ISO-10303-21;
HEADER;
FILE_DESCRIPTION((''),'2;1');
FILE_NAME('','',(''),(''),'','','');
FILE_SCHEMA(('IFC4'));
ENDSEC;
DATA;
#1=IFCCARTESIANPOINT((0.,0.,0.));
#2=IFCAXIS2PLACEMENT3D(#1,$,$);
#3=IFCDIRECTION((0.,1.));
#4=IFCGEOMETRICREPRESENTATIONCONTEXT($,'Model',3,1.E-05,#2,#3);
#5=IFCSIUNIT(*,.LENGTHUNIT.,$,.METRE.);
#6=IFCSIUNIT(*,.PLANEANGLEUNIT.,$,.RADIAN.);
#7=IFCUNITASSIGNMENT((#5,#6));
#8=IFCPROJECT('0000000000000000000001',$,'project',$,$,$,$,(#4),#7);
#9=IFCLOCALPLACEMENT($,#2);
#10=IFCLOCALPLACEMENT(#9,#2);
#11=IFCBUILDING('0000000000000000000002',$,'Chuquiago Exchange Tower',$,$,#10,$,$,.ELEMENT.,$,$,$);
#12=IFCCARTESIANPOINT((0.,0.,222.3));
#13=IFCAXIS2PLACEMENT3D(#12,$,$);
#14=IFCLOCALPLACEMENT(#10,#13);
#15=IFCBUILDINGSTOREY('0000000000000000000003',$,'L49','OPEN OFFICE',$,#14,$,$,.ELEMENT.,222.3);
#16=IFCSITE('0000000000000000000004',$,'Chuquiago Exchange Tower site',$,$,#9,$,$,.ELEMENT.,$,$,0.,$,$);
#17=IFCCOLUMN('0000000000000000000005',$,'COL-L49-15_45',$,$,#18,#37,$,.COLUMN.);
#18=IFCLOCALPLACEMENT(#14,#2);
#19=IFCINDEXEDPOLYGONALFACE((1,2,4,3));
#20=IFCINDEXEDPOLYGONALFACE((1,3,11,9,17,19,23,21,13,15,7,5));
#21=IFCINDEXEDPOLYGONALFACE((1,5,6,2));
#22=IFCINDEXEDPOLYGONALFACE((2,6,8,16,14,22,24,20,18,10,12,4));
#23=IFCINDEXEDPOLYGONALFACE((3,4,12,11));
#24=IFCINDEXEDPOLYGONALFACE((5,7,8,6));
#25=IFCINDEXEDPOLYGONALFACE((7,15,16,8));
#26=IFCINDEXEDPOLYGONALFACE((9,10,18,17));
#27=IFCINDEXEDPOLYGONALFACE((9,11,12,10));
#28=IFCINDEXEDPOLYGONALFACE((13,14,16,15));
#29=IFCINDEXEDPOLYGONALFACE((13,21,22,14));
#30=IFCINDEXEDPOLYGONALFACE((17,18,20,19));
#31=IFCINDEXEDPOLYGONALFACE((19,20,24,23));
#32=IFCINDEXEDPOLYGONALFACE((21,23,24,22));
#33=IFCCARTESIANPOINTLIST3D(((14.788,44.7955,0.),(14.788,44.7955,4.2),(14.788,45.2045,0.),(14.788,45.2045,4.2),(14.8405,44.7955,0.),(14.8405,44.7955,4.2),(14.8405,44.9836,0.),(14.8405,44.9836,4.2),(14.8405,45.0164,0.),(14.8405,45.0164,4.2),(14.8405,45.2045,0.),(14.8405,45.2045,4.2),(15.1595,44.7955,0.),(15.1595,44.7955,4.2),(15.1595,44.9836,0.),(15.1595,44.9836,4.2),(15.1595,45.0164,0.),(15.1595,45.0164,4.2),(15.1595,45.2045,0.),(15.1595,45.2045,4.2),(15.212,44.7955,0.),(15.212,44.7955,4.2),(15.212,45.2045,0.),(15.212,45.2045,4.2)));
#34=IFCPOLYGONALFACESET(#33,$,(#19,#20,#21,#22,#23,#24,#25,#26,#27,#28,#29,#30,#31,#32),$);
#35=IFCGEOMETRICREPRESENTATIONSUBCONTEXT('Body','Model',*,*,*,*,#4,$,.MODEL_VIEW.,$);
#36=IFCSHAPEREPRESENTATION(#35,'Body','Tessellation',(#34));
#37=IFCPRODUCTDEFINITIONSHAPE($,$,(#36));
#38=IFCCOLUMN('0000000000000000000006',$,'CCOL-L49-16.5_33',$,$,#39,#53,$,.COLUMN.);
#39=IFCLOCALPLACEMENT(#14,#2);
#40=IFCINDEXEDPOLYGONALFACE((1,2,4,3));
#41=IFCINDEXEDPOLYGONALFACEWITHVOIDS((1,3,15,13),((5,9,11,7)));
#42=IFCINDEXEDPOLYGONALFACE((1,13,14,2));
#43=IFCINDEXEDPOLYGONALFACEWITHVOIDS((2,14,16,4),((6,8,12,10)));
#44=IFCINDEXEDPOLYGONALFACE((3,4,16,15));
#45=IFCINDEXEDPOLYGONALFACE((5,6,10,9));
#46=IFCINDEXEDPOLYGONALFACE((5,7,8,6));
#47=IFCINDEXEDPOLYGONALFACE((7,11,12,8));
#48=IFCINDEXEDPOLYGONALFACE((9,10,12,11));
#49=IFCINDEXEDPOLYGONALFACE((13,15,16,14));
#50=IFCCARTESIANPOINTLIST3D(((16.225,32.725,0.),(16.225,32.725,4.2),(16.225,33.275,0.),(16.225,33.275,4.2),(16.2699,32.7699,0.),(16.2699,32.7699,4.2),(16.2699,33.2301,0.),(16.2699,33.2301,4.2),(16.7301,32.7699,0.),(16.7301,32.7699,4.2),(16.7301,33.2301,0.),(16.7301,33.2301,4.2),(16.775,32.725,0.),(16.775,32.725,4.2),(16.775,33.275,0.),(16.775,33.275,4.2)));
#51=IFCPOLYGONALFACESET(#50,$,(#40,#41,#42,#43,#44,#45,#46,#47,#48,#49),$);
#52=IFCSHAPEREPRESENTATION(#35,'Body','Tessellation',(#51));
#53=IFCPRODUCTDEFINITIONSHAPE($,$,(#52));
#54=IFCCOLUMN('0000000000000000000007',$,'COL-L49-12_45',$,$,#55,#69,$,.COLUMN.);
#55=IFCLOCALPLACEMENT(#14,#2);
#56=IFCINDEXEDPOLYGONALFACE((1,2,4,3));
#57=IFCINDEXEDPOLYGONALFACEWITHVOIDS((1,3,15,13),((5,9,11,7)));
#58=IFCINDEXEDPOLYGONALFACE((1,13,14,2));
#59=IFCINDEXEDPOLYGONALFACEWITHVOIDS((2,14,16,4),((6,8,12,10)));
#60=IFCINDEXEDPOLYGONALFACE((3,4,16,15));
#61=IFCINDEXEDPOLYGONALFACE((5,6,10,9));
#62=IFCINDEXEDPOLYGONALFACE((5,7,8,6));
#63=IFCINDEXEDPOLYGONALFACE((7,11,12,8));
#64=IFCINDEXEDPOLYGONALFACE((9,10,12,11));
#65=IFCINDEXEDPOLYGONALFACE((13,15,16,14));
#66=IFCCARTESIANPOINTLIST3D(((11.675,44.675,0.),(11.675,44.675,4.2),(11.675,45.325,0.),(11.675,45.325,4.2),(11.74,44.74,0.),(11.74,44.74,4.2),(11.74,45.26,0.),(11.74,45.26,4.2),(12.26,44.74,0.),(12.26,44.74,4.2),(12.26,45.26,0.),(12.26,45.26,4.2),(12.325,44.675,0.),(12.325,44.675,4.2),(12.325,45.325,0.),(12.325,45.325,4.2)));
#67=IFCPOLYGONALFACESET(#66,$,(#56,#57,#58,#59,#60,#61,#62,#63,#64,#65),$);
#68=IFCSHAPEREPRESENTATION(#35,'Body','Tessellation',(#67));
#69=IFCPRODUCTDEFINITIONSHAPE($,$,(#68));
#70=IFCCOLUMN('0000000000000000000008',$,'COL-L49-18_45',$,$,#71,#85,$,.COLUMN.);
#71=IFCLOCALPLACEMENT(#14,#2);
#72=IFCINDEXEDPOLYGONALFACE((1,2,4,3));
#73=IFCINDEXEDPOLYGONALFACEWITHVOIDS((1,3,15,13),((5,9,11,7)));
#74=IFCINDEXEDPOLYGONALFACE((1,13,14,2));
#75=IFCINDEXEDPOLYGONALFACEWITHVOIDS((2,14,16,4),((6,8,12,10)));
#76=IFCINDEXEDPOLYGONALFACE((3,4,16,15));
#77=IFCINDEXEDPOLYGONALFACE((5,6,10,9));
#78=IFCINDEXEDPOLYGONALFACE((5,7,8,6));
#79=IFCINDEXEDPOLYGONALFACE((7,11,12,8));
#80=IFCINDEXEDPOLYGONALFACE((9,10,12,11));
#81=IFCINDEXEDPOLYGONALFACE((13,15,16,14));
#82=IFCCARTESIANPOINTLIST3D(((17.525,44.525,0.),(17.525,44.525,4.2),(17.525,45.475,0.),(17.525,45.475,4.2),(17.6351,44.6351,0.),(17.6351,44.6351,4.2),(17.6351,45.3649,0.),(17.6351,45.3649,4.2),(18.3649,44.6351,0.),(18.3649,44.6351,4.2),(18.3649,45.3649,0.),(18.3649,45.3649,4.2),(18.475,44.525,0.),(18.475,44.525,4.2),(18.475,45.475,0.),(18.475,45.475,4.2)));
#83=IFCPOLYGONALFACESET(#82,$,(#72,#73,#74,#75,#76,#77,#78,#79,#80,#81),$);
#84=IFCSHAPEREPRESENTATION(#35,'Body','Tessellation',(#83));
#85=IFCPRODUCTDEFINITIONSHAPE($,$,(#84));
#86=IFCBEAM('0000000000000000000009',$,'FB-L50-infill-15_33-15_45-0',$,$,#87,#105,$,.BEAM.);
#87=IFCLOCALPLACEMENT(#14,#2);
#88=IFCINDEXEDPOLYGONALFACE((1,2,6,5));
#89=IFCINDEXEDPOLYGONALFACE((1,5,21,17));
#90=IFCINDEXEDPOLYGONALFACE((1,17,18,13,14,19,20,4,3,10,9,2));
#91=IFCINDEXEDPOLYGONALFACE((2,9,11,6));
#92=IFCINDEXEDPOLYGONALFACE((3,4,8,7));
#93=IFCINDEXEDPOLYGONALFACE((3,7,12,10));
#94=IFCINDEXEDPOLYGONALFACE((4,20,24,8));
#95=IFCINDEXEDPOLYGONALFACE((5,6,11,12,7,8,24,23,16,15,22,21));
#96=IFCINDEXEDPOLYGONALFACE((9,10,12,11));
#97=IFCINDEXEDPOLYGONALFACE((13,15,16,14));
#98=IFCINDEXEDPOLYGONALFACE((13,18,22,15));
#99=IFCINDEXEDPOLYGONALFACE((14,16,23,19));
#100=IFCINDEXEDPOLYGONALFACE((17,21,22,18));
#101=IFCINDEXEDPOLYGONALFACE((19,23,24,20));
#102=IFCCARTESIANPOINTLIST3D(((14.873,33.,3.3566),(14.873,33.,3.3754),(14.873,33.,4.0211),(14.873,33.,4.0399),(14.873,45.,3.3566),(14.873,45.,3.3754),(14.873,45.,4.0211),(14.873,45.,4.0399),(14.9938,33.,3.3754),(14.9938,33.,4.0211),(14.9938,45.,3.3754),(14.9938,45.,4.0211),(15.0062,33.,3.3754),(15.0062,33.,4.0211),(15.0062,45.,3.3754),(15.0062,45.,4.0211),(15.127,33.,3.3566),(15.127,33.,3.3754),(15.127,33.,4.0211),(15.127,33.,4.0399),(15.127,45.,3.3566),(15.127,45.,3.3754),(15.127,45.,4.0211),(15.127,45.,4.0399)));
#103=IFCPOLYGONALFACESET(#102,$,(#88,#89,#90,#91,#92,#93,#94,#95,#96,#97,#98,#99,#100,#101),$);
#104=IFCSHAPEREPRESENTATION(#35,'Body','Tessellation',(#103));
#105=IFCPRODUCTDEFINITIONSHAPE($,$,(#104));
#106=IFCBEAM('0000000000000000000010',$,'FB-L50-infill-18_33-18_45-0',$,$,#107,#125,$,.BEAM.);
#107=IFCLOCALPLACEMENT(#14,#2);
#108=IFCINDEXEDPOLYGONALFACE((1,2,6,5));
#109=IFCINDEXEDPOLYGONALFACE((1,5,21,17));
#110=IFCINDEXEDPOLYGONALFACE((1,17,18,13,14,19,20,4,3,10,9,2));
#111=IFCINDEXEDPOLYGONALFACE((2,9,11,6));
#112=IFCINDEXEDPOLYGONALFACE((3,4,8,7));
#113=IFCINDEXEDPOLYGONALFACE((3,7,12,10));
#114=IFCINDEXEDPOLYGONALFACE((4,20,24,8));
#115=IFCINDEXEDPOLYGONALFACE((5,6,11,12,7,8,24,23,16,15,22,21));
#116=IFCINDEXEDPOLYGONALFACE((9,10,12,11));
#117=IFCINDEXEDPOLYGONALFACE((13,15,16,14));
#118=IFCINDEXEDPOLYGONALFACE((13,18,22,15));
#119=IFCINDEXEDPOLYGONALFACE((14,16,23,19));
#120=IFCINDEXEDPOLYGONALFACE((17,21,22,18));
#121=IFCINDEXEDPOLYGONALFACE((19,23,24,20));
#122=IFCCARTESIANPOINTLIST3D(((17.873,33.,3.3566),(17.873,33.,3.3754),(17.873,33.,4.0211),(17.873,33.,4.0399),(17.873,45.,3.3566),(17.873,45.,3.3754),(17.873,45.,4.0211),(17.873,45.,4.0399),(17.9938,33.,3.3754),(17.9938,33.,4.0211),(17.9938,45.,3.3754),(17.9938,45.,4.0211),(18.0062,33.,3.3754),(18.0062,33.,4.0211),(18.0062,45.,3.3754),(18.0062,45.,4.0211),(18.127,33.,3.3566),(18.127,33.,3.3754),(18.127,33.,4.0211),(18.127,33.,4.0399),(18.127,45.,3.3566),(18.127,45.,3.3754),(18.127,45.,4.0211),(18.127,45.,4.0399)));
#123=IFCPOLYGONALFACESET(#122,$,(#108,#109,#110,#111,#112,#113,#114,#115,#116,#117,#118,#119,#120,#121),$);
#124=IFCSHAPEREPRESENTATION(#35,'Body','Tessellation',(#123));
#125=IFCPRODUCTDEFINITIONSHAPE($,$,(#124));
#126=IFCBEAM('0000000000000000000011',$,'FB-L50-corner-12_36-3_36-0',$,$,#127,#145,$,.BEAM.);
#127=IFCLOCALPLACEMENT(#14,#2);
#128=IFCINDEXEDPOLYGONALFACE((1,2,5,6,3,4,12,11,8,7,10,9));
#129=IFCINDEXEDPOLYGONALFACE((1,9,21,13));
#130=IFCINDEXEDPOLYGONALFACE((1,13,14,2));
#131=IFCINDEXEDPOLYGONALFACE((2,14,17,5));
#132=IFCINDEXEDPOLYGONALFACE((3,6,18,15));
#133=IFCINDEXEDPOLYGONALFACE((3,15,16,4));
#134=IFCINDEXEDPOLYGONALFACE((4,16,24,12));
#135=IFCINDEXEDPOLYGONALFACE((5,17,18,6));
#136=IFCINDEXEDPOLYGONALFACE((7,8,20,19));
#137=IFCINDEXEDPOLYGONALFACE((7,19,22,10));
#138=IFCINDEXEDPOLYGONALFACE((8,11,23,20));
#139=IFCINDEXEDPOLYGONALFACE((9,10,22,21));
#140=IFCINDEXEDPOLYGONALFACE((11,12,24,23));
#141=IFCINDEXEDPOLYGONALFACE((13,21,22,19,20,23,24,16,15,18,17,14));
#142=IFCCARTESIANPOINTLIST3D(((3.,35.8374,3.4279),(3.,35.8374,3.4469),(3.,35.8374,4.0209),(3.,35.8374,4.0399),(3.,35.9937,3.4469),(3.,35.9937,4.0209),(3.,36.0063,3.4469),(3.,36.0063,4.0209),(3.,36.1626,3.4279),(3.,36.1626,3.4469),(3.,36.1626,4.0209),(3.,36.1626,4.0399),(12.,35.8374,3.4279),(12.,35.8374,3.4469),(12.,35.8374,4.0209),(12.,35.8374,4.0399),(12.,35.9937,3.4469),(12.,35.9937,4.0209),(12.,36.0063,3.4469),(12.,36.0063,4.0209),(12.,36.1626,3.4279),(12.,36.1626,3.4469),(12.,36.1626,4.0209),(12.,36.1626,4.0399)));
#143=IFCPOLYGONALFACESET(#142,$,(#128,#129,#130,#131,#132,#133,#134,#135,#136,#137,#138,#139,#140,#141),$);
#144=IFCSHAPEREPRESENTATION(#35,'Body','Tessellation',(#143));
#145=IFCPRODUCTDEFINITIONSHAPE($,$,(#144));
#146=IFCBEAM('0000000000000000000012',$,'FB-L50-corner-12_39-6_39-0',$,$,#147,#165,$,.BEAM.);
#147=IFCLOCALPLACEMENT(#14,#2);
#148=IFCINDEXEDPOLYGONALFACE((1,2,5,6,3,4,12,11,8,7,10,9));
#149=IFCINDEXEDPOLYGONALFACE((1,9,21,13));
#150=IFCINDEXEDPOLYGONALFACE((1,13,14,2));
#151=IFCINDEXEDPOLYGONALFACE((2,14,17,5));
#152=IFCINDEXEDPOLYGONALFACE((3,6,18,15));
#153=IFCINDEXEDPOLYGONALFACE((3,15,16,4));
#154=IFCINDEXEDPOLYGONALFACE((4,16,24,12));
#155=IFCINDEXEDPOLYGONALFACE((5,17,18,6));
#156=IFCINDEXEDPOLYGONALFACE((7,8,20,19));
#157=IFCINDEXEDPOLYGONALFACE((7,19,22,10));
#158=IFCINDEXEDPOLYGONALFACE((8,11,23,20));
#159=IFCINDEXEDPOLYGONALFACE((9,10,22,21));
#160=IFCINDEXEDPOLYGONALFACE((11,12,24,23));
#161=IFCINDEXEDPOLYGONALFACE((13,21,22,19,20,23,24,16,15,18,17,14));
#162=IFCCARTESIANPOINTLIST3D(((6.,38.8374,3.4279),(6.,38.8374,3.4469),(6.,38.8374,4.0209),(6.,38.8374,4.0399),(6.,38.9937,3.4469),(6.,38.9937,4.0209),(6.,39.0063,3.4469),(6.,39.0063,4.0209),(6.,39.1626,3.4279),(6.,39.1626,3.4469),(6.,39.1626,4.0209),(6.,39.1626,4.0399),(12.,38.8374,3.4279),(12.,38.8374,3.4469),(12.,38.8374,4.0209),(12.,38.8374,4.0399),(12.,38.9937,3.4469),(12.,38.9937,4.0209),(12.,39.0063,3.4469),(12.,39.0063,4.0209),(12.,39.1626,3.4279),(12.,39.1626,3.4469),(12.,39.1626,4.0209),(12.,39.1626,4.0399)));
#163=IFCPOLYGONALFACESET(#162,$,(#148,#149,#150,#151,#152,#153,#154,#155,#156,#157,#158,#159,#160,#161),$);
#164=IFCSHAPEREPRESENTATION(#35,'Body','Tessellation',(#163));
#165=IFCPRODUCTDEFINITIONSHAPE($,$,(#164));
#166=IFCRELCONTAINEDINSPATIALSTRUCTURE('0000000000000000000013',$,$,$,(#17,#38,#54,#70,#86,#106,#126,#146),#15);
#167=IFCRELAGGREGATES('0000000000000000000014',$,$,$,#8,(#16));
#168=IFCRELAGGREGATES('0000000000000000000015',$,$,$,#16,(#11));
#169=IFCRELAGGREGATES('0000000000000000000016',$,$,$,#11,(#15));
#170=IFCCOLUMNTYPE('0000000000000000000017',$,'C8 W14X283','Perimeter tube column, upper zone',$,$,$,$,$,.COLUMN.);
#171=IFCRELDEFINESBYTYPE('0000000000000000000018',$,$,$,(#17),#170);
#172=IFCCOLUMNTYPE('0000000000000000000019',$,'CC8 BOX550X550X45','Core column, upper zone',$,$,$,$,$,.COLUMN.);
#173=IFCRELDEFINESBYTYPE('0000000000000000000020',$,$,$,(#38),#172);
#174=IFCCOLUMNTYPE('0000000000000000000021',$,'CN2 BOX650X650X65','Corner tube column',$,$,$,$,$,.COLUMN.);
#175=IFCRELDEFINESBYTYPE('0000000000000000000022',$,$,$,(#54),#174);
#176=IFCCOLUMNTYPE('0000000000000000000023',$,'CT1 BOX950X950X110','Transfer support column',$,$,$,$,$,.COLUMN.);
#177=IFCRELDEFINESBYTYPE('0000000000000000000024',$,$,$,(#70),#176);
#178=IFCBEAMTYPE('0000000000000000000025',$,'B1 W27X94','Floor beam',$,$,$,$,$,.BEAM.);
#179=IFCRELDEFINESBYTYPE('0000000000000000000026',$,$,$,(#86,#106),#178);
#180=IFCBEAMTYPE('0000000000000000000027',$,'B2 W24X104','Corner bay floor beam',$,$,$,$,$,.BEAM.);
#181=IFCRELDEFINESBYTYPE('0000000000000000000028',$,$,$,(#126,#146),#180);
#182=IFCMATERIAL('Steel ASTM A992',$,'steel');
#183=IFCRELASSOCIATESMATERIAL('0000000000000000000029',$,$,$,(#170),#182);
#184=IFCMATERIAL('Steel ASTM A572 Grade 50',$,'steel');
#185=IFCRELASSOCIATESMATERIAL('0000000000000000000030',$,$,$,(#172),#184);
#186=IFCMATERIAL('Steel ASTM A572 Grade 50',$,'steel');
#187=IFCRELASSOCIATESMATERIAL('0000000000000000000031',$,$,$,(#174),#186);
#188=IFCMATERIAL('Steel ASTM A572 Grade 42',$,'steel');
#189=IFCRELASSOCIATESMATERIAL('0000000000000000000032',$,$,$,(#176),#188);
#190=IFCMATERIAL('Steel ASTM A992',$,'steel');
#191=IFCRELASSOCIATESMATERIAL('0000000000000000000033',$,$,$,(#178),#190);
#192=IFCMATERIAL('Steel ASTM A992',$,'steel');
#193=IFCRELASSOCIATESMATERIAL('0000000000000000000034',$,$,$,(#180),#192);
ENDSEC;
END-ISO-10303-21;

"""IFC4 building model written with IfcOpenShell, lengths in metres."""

from ifc_helpers import new_model, si_unit, direction, frame, origin, origin_2d, place, context, subcontext, project, spatial, hollow_rectangle, i_section, extrude, material, material_profile, profile_set, type_object, element, save


model = new_model("IFC4")

# Units and contexts
model_context = context("Model", 3, precision=1e-05, world=origin(), true_north=direction((0.0, 1.0)))
body_context = subcontext(model_context, "Body", "Model", "MODEL_VIEW")
ifc_project = project(units=[si_unit("LENGTHUNIT", "METRE"), si_unit("PLANEANGLEUNIT", "RADIAN")], contexts=[model_context])

# Site, building, storey
site_placement = place(None, origin())
site = spatial("IfcSite", under=ifc_project, at=site_placement, Name="Chuquiago Exchange Tower site", CompositionType="ELEMENT", RefElevation=0.0)
building_placement = place(site_placement, origin())
building = spatial("IfcBuilding", under=site, at=building_placement, Name="Chuquiago Exchange Tower", CompositionType="ELEMENT")
storey_placement = place(building_placement, frame((0.0, 0.0, 222.3)))
storey = spatial("IfcBuildingStorey", under=building, at=storey_placement, Name="L49", Description="OPEN OFFICE", CompositionType="ELEMENT", Elevation=222.3)

# Columns
ifc_material_1 = material(Name="Steel ASTM A992", Category="steel")
ifc_material_profile_1 = material_profile(ifc_material_1, i_section(OverallWidth=0.4089, OverallDepth=0.4241, WebThickness=0.0327, FlangeThickness=0.0525, at=origin_2d()), Name="W14X283")
ifc_profile_set_1 = profile_set([ifc_material_profile_1], Name="Steel ASTM A992")
column_type_1 = type_object("IfcColumnType", Name="C8 W14X283", Description="Perimeter tube column, upper zone", PredefinedType="COLUMN", material=ifc_profile_set_1)
column_1_placement = place(storey_placement, frame((15.0, 45.0, 0.0), z_axis=(0.0, 0.0, 1.0), x_axis=(0.0, 1.0, 0.0)))
element("IfcColumn", 1, at=column_1_placement, inside=storey, type_object=column_type_1, Name="COL-L49-15_45", PredefinedType="COLUMN", context=body_context, shape_type="SweptSolid", body=[
    extrude(i_section(OverallWidth=0.4089, OverallDepth=0.4241, WebThickness=0.0327, FlangeThickness=0.0525, at=origin_2d()), origin(), (0.0, 0.0, 1.0), 4.2),
])
ifc_material_2 = material(Name="Steel ASTM A572 Grade 50", Category="steel")
ifc_material_profile_2 = material_profile(ifc_material_2, hollow_rectangle(XDim=0.55, YDim=0.55, WallThickness=0.0449, at=origin_2d()), Name="BOX550X550X45")
ifc_profile_set_2 = profile_set([ifc_material_profile_2], Name="Steel ASTM A572 Grade 50")
column_type_2 = type_object("IfcColumnType", Name="CC8 BOX550X550X45", Description="Core column, upper zone", PredefinedType="COLUMN", material=ifc_profile_set_2)
column_2_placement = place(storey_placement, frame((16.5, 33.0, 0.0), z_axis=(0.0, 0.0, 1.0), x_axis=(1.0, 0.0, 0.0)))
element("IfcColumn", 2, at=column_2_placement, inside=storey, type_object=column_type_2, Name="CCOL-L49-16.5_33", PredefinedType="COLUMN", context=body_context, shape_type="SweptSolid", body=[
    extrude(hollow_rectangle(XDim=0.55, YDim=0.55, WallThickness=0.0449, at=origin_2d()), origin(), (0.0, 0.0, 1.0), 4.2),
])
ifc_material_3 = material(Name="Steel ASTM A572 Grade 50", Category="steel")
ifc_material_profile_3 = material_profile(ifc_material_3, hollow_rectangle(XDim=0.6499, YDim=0.6499, WallThickness=0.0649, at=origin_2d()), Name="BOX650X650X65")
ifc_profile_set_3 = profile_set([ifc_material_profile_3], Name="Steel ASTM A572 Grade 50")
column_type_3 = type_object("IfcColumnType", Name="CN2 BOX650X650X65", Description="Corner tube column", PredefinedType="COLUMN", material=ifc_profile_set_3)
column_3_placement = place(storey_placement, frame((12.0, 45.0, 0.0), z_axis=(0.0, 0.0, 1.0), x_axis=(0.0, 1.0, 0.0)))
element("IfcColumn", 3, at=column_3_placement, inside=storey, type_object=column_type_3, Name="COL-L49-12_45", PredefinedType="COLUMN", context=body_context, shape_type="SweptSolid", body=[
    extrude(hollow_rectangle(XDim=0.6499, YDim=0.6499, WallThickness=0.0649, at=origin_2d()), origin(), (0.0, 0.0, 1.0), 4.2),
])
ifc_material_4 = material(Name="Steel ASTM A572 Grade 42", Category="steel")
ifc_material_profile_4 = material_profile(ifc_material_4, hollow_rectangle(XDim=0.95, YDim=0.95, WallThickness=0.1101, at=origin_2d()), Name="BOX950X950X110")
ifc_profile_set_4 = profile_set([ifc_material_profile_4], Name="Steel ASTM A572 Grade 42")
column_type_4 = type_object("IfcColumnType", Name="CT1 BOX950X950X110", Description="Transfer support column", PredefinedType="COLUMN", material=ifc_profile_set_4)
column_4_placement = place(storey_placement, frame((18.0, 45.0, 0.0), z_axis=(0.0, 0.0, 1.0), x_axis=(0.0, 1.0, 0.0)))
element("IfcColumn", 4, at=column_4_placement, inside=storey, type_object=column_type_4, Name="COL-L49-18_45", PredefinedType="COLUMN", context=body_context, shape_type="SweptSolid", body=[
    extrude(hollow_rectangle(XDim=0.95, YDim=0.95, WallThickness=0.1101, at=origin_2d()), origin(), (0.0, 0.0, 1.0), 4.2),
])

# Beams
ifc_material_5 = material(Name="Steel ASTM A992", Category="steel")
ifc_material_profile_5 = material_profile(ifc_material_5, i_section(OverallWidth=0.2539, OverallDepth=0.6833, WebThickness=0.0125, FlangeThickness=0.0188, at=origin_2d()), Name="W27X94")
ifc_profile_set_5 = profile_set([ifc_material_profile_5], Name="Steel ASTM A992")
beam_type_1 = type_object("IfcBeamType", Name="B1 W27X94", Description="Floor beam", PredefinedType="BEAM", material=ifc_profile_set_5)
for number, where, z_axis, x_axis, name in (
    (5, (15.0, 33.0, 3.6982), (0.0, 1.0, 0.0), (-1.0, 0.0, 0.0), "FB-L50-infill-15_33-15_45-0"),
    (6, (18.0, 33.0, 3.6982), (0.0, 1.0, 0.0), (-1.0, 0.0, 0.0), "FB-L50-infill-18_33-18_45-0"),
):
    element("IfcBeam", number, at=place(storey_placement, frame(where, z_axis=z_axis, x_axis=x_axis)), inside=storey, type_object=beam_type_1, Name=name, PredefinedType="BEAM", context=body_context, shape_type="SweptSolid", body=[
        extrude(i_section(OverallWidth=0.2539, OverallDepth=0.6833, WebThickness=0.0125, FlangeThickness=0.0188, at=origin_2d()), origin(), (0.0, 0.0, 1.0), 12.0),
    ])
ifc_material_6 = material(Name="Steel ASTM A992", Category="steel")
ifc_material_profile_6 = material_profile(ifc_material_6, i_section(OverallWidth=0.3252, OverallDepth=0.6121, WebThickness=0.0127, FlangeThickness=0.019, at=origin_2d()), Name="W24X104")
ifc_profile_set_6 = profile_set([ifc_material_profile_6], Name="Steel ASTM A992")
beam_type_2 = type_object("IfcBeamType", Name="B2 W24X104", Description="Corner bay floor beam", PredefinedType="BEAM", material=ifc_profile_set_6)
beam_1_placement = place(storey_placement, frame((12.0, 36.0, 3.7339), z_axis=(-1.0, 0.0, 0.0), x_axis=(0.0, -1.0, 0.0)))
element("IfcBeam", 7, at=beam_1_placement, inside=storey, type_object=beam_type_2, Name="FB-L50-corner-12_36-3_36-0", PredefinedType="BEAM", context=body_context, shape_type="SweptSolid", body=[
    extrude(i_section(OverallWidth=0.3252, OverallDepth=0.6121, WebThickness=0.0127, FlangeThickness=0.019, at=origin_2d()), origin(), (0.0, 0.0, 1.0), 9.0),
])
beam_2_placement = place(storey_placement, frame((12.0, 39.0, 3.7339), z_axis=(-1.0, 0.0, 0.0), x_axis=(0.0, -1.0, 0.0)))
element("IfcBeam", 8, at=beam_2_placement, inside=storey, type_object=beam_type_2, Name="FB-L50-corner-12_39-6_39-0", PredefinedType="BEAM", context=body_context, shape_type="SweptSolid", body=[
    extrude(i_section(OverallWidth=0.3252, OverallDepth=0.6121, WebThickness=0.0127, FlangeThickness=0.019, at=origin_2d()), origin(), (0.0, 0.0, 1.0), 6.0),
])

save(model, "model.ifc")
